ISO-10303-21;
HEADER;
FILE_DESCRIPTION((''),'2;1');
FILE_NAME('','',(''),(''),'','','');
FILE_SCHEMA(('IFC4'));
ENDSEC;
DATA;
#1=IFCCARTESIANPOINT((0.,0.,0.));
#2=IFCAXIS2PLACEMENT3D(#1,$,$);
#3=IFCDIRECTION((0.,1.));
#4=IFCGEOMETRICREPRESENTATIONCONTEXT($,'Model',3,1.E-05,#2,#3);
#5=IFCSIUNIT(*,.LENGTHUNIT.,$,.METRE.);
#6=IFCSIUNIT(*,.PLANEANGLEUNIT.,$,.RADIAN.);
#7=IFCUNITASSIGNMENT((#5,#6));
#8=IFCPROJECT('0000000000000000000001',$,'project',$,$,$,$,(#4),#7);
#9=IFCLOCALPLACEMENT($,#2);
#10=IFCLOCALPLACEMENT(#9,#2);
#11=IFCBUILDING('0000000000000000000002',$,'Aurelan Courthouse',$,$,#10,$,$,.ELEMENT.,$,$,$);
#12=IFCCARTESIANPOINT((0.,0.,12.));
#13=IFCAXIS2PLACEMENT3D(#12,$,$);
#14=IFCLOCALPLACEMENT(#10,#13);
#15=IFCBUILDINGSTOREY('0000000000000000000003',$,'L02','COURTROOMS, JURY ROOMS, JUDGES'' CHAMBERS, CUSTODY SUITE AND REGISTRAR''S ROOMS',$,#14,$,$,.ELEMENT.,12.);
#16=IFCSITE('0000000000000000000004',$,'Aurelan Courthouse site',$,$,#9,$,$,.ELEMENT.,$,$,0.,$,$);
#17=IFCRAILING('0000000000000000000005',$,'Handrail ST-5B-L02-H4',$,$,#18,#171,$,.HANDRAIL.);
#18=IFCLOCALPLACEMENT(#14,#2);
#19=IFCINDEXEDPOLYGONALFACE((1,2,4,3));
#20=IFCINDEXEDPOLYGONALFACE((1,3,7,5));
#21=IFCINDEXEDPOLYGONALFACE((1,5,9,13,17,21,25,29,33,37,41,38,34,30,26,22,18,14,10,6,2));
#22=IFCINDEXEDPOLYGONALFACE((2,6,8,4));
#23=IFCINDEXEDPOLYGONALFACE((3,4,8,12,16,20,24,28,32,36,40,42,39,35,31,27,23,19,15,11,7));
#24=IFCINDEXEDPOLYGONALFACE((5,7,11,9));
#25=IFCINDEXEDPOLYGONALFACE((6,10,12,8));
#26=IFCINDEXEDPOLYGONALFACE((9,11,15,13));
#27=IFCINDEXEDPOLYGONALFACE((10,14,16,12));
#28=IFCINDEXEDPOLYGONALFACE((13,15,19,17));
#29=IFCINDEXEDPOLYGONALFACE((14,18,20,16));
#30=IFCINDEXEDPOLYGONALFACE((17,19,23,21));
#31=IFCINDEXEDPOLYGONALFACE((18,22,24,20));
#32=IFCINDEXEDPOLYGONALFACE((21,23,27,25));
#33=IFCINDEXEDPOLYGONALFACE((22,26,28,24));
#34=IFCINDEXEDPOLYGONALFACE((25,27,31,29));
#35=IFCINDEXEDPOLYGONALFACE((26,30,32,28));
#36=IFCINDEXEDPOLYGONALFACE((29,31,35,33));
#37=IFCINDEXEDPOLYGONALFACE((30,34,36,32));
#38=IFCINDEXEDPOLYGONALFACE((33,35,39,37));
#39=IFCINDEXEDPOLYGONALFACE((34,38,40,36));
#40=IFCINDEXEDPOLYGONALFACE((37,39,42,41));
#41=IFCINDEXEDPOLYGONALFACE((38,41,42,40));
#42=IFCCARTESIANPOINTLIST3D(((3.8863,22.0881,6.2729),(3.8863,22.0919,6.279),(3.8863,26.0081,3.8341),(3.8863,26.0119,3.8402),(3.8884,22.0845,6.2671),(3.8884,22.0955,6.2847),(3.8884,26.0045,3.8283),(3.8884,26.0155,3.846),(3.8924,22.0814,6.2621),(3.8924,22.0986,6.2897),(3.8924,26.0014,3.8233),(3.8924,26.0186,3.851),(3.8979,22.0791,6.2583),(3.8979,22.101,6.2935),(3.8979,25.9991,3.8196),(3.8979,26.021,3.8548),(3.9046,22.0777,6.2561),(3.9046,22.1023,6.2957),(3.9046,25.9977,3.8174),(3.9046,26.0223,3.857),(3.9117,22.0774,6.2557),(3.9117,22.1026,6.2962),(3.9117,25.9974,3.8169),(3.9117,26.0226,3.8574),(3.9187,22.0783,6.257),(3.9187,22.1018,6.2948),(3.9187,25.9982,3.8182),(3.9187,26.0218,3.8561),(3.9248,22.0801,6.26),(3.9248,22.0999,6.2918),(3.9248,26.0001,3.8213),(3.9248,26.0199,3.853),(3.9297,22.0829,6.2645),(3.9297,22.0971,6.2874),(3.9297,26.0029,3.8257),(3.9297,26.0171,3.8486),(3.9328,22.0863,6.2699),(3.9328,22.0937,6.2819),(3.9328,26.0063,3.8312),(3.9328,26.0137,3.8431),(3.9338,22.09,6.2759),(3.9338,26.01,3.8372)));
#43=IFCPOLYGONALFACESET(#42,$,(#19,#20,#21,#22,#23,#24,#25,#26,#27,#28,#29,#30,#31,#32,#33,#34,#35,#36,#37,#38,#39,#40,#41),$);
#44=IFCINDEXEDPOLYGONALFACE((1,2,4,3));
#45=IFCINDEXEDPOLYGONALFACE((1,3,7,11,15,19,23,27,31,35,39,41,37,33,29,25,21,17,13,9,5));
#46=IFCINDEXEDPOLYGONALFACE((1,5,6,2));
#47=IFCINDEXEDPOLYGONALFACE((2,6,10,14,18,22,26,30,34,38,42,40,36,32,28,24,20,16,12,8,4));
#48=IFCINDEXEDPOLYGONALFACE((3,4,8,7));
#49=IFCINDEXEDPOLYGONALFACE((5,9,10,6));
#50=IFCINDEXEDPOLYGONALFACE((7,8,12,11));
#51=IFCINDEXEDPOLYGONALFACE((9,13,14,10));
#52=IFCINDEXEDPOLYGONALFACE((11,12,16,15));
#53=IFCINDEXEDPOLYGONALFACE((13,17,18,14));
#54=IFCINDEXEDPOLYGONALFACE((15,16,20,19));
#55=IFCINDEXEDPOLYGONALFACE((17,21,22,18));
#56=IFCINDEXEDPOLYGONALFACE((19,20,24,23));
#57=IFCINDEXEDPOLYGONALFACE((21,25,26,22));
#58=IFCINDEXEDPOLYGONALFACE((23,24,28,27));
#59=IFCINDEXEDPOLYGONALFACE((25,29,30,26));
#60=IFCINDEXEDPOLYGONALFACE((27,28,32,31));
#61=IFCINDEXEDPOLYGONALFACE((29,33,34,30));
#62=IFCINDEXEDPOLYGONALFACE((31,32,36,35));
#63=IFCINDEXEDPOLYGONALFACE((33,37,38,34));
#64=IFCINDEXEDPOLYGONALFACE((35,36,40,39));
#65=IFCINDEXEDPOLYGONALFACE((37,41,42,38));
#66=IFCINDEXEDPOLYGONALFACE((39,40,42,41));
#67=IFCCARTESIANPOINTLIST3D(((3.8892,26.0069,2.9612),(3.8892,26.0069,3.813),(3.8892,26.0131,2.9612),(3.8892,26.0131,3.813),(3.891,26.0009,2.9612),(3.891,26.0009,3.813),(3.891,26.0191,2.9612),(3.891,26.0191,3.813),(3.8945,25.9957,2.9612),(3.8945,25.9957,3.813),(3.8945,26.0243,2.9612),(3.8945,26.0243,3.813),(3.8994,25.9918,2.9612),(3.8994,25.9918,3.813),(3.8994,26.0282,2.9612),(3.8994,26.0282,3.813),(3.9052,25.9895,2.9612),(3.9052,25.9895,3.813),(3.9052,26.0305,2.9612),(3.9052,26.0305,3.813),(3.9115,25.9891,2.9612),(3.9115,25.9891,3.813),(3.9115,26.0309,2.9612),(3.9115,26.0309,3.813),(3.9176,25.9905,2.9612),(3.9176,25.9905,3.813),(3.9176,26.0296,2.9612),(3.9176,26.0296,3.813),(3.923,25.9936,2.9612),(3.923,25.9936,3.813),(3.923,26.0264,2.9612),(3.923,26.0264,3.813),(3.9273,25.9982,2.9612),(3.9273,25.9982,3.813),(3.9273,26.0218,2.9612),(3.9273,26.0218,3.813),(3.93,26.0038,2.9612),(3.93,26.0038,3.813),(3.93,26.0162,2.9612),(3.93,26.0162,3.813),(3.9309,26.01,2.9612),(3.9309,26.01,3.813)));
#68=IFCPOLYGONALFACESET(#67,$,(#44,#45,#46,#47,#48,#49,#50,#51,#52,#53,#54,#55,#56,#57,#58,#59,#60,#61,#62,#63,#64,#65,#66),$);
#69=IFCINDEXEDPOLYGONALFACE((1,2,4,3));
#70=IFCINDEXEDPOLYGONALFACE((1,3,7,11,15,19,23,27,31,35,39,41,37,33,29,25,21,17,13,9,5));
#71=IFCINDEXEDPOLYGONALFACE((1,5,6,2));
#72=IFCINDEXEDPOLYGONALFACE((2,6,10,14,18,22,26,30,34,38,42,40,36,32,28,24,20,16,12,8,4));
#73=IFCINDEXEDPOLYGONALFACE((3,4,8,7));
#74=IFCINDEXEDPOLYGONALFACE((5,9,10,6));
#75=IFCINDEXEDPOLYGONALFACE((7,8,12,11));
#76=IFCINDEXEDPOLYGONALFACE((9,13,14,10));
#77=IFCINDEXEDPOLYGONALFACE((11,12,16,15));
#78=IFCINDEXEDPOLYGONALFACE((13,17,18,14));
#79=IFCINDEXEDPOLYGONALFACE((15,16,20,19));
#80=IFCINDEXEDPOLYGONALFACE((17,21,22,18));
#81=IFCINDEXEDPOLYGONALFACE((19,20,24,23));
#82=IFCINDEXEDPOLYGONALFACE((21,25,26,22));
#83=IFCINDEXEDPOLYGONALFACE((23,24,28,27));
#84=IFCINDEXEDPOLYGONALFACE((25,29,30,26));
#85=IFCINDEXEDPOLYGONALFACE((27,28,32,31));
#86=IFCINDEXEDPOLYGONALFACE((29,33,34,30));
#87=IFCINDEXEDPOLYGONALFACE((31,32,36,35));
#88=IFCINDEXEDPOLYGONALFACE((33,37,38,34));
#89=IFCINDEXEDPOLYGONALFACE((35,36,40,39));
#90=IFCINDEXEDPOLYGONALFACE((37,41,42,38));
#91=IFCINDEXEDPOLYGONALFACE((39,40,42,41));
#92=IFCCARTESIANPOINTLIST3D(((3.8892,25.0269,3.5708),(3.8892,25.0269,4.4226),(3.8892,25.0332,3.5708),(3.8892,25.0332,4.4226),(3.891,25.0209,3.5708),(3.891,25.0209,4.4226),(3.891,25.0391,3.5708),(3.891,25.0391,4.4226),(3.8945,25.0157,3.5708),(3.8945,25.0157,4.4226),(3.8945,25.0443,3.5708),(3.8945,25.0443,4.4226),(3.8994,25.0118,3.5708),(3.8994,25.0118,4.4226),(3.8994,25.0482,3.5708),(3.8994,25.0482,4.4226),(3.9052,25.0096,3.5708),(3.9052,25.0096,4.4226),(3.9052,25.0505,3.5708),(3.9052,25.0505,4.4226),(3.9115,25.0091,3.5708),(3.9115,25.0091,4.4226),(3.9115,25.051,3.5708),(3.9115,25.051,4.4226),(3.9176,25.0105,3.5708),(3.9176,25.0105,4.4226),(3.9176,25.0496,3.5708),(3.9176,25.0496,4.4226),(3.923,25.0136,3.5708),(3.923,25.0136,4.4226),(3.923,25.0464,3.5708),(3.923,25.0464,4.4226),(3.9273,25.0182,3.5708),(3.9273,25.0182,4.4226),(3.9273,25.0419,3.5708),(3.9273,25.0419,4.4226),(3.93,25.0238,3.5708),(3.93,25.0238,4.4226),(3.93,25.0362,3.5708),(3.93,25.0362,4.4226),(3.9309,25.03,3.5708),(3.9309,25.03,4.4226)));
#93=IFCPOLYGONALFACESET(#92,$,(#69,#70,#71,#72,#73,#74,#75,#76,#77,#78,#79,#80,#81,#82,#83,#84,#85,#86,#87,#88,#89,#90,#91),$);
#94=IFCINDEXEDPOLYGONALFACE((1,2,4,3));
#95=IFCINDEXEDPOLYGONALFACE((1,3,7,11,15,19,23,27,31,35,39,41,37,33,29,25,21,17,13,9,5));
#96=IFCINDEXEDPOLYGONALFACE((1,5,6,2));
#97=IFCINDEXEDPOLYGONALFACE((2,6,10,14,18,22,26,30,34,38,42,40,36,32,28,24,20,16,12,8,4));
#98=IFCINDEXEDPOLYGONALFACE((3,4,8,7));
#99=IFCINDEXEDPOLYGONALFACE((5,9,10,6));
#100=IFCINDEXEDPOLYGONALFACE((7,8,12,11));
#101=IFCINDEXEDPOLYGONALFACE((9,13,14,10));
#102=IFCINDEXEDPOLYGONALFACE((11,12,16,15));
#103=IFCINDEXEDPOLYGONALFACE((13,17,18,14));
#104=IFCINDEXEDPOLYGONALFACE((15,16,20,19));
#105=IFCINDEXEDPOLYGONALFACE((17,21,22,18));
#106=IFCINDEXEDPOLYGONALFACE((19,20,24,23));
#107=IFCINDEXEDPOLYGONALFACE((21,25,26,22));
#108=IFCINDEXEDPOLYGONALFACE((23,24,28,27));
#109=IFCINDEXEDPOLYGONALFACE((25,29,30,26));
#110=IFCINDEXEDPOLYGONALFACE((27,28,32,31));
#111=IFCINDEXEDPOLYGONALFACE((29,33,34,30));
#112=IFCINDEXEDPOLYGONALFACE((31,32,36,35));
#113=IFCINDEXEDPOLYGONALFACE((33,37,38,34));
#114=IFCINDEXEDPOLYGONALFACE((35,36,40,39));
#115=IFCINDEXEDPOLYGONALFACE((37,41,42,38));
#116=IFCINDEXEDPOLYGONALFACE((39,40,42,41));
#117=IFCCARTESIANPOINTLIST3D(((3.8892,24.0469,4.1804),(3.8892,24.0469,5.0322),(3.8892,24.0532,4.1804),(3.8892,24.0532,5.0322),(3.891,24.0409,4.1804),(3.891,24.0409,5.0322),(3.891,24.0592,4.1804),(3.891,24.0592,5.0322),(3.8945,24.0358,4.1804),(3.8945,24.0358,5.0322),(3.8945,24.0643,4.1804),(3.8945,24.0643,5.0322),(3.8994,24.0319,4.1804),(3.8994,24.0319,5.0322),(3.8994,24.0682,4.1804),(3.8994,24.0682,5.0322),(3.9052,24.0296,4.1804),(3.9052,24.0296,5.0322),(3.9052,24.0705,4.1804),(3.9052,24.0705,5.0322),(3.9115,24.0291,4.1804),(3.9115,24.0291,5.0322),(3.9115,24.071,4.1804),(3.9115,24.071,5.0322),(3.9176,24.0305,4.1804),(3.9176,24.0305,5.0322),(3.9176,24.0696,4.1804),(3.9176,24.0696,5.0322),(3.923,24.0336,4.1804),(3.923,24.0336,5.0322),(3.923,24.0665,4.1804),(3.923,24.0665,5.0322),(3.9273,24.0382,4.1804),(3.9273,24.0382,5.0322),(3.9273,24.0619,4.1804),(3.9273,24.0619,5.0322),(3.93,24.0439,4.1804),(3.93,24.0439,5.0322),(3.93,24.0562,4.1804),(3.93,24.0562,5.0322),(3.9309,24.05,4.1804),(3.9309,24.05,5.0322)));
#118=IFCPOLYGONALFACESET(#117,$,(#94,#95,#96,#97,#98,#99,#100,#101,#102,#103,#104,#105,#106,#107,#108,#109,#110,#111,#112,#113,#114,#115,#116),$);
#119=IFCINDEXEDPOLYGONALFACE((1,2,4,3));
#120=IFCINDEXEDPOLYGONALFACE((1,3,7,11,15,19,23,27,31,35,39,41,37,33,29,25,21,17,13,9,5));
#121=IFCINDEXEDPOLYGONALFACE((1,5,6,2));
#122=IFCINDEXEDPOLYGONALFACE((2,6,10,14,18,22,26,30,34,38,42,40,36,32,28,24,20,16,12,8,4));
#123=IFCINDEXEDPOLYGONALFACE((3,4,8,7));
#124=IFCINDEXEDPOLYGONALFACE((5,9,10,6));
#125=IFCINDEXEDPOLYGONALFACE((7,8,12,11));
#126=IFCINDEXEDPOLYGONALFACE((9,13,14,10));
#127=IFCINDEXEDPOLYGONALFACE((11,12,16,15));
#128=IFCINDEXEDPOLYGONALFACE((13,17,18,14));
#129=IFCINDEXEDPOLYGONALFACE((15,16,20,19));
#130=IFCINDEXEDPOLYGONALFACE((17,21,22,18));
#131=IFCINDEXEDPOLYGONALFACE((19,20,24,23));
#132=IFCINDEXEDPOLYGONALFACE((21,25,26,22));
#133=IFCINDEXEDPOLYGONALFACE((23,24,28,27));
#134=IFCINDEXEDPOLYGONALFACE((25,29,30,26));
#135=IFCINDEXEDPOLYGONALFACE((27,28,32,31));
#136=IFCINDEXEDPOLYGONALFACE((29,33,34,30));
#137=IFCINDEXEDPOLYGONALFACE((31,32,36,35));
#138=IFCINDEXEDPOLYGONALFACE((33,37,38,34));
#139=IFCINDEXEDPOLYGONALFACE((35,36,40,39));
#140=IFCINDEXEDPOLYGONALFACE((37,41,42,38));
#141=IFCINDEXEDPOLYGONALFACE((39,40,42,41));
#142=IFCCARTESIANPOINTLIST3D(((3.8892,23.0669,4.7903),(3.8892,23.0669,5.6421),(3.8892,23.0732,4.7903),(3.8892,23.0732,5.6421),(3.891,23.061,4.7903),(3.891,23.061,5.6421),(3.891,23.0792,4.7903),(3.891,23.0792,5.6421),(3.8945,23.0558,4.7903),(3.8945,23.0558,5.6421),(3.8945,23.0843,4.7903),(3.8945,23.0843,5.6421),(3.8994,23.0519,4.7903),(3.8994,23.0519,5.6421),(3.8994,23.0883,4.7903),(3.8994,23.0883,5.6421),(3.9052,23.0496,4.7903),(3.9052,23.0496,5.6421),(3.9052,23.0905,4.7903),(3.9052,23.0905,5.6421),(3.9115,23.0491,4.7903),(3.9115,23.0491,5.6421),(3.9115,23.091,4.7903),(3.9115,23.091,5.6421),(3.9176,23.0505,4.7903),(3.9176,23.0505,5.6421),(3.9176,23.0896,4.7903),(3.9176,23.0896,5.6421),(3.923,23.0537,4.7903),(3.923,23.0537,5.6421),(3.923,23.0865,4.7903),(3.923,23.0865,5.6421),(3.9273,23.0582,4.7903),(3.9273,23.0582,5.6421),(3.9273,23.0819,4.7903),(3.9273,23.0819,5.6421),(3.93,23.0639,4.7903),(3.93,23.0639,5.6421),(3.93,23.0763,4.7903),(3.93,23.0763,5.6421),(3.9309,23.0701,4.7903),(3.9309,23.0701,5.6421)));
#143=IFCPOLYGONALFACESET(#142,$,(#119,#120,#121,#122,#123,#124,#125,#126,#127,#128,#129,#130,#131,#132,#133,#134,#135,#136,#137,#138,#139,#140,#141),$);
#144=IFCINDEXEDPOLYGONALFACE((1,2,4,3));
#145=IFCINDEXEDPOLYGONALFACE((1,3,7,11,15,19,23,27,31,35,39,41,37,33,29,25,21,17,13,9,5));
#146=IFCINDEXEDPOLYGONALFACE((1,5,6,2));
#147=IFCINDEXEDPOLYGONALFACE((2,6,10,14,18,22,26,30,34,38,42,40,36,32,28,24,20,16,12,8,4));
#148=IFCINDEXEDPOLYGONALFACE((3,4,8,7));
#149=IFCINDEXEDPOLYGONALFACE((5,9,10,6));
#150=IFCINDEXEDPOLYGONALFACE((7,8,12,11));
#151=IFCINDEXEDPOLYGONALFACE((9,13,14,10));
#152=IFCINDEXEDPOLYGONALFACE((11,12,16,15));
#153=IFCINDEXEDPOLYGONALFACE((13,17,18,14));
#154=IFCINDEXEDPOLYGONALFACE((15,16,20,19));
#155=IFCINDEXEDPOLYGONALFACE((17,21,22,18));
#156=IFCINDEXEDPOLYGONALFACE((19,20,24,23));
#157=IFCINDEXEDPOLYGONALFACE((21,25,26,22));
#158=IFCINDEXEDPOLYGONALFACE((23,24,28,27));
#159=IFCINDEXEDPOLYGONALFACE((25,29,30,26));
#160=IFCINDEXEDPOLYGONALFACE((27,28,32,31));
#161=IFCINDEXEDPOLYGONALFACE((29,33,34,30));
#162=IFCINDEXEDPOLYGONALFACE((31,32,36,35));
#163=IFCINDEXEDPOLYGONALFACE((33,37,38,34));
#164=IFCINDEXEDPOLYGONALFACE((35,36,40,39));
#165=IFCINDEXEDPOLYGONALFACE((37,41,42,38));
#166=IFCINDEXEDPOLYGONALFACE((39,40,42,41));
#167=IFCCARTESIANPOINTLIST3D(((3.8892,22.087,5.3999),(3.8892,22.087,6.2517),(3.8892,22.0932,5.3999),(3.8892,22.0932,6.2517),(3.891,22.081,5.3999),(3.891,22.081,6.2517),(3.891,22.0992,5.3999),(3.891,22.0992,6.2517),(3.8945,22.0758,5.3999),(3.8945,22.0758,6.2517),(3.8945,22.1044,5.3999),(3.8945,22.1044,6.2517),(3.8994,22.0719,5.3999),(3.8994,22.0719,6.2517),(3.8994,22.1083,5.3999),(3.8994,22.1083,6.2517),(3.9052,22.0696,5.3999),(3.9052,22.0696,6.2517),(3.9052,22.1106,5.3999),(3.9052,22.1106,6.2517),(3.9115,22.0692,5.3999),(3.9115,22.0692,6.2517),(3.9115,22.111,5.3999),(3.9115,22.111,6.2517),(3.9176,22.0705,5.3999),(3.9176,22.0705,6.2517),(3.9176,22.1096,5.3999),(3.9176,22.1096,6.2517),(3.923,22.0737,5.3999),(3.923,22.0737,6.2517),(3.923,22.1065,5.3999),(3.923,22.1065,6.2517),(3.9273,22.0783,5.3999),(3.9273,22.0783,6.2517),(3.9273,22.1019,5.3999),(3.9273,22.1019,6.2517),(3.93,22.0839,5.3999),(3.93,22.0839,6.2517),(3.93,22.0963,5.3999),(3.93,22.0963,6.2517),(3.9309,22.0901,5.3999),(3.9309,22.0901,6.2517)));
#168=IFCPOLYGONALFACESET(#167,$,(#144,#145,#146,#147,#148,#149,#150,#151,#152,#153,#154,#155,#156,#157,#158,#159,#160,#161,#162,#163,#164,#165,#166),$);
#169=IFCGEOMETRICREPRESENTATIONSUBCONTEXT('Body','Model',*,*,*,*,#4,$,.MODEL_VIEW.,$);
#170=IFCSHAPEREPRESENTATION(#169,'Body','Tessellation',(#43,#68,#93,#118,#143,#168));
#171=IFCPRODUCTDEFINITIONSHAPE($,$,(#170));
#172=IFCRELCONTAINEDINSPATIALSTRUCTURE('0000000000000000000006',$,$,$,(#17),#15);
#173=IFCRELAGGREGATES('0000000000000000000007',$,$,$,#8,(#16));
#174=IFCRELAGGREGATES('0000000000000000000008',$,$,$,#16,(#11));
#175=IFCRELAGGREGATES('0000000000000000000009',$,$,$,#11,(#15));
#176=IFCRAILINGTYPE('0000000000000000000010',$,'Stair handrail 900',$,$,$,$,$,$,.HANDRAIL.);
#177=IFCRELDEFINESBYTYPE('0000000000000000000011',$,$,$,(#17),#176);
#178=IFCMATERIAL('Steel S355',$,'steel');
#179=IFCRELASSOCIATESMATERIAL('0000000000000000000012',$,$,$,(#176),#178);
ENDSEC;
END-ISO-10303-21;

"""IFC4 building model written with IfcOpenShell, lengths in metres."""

from ifc_helpers import new_model, si_unit, direction, frame, origin, origin_2d, place, context, subcontext, project, spatial, circle, extrude, material, type_object, element, save


model = new_model("IFC4")

# Units and contexts
model_context = context("Model", 3, precision=1e-05, world=origin(), true_north=direction((0.0, 1.0)))
body_context = subcontext(model_context, "Body", "Model", "MODEL_VIEW")
ifc_project = project(units=[si_unit("LENGTHUNIT", "METRE"), si_unit("PLANEANGLEUNIT", "RADIAN")], contexts=[model_context])

# Site, building, storey
site_placement = place(None, origin())
site = spatial("IfcSite", under=ifc_project, at=site_placement, Name="Aurelan Courthouse site", CompositionType="ELEMENT", RefElevation=0.0)
building_placement = place(site_placement, origin())
building = spatial("IfcBuilding", under=site, at=building_placement, Name="Aurelan Courthouse", CompositionType="ELEMENT")
storey_placement = place(building_placement, frame((0.0, 0.0, 12.0)))
storey = spatial("IfcBuildingStorey", under=building, at=storey_placement, Name="L02", Description="COURTROOMS, JURY ROOMS, JUDGES' CHAMBERS, CUSTODY SUITE AND REGISTRAR'S ROOMS", CompositionType="ELEMENT", Elevation=12.0)

# Railing
ifc_material_1 = material(Name="Steel S355", Category="steel")
railing_type_1 = type_object("IfcRailingType", Name="Stair handrail 900", PredefinedType="HANDRAIL", material=ifc_material_1)
for number, where, name in (
    (1, (3.9099, 26.01, 2.9612), "Handrail ST-5B-L02-H4"),
):
    element("IfcRailing", number, at=place(storey_placement, frame(where)), inside=storey, type_object=railing_type_1, Name=name, PredefinedType="HANDRAIL", context=body_context, shape_type="SweptSolid", body=[
        extrude(circle(Radius=0.0239, at=origin_2d()), frame((0.0, 0.0, 0.876), z_axis=(0.0, -0.84909, 0.528249), x_axis=(1.0, 0.0, 0.0)), (0.0, 0.0, 1.0), 4.6167),
        extrude(circle(Radius=0.021, at=origin_2d()), origin(), (0.0, 0.0, 1.0), 0.8518),
        extrude(circle(Radius=0.021, at=origin_2d()), frame((0.0, -0.98, 0.6096)), (0.0, 0.0, 1.0), 0.8518),
        extrude(circle(Radius=0.021, at=origin_2d()), frame((0.0, -1.96, 1.2192)), (0.0, 0.0, 1.0), 0.8518),
        extrude(circle(Radius=0.021, at=origin_2d()), frame((0.0, -2.9399, 1.8291)), (0.0, 0.0, 1.0), 0.8518),
        extrude(circle(Radius=0.021, at=origin_2d()), frame((0.0, -3.9199, 2.4387)), (0.0, 0.0, 1.0), 0.8518),
    ])

save(model, "model.ifc")
